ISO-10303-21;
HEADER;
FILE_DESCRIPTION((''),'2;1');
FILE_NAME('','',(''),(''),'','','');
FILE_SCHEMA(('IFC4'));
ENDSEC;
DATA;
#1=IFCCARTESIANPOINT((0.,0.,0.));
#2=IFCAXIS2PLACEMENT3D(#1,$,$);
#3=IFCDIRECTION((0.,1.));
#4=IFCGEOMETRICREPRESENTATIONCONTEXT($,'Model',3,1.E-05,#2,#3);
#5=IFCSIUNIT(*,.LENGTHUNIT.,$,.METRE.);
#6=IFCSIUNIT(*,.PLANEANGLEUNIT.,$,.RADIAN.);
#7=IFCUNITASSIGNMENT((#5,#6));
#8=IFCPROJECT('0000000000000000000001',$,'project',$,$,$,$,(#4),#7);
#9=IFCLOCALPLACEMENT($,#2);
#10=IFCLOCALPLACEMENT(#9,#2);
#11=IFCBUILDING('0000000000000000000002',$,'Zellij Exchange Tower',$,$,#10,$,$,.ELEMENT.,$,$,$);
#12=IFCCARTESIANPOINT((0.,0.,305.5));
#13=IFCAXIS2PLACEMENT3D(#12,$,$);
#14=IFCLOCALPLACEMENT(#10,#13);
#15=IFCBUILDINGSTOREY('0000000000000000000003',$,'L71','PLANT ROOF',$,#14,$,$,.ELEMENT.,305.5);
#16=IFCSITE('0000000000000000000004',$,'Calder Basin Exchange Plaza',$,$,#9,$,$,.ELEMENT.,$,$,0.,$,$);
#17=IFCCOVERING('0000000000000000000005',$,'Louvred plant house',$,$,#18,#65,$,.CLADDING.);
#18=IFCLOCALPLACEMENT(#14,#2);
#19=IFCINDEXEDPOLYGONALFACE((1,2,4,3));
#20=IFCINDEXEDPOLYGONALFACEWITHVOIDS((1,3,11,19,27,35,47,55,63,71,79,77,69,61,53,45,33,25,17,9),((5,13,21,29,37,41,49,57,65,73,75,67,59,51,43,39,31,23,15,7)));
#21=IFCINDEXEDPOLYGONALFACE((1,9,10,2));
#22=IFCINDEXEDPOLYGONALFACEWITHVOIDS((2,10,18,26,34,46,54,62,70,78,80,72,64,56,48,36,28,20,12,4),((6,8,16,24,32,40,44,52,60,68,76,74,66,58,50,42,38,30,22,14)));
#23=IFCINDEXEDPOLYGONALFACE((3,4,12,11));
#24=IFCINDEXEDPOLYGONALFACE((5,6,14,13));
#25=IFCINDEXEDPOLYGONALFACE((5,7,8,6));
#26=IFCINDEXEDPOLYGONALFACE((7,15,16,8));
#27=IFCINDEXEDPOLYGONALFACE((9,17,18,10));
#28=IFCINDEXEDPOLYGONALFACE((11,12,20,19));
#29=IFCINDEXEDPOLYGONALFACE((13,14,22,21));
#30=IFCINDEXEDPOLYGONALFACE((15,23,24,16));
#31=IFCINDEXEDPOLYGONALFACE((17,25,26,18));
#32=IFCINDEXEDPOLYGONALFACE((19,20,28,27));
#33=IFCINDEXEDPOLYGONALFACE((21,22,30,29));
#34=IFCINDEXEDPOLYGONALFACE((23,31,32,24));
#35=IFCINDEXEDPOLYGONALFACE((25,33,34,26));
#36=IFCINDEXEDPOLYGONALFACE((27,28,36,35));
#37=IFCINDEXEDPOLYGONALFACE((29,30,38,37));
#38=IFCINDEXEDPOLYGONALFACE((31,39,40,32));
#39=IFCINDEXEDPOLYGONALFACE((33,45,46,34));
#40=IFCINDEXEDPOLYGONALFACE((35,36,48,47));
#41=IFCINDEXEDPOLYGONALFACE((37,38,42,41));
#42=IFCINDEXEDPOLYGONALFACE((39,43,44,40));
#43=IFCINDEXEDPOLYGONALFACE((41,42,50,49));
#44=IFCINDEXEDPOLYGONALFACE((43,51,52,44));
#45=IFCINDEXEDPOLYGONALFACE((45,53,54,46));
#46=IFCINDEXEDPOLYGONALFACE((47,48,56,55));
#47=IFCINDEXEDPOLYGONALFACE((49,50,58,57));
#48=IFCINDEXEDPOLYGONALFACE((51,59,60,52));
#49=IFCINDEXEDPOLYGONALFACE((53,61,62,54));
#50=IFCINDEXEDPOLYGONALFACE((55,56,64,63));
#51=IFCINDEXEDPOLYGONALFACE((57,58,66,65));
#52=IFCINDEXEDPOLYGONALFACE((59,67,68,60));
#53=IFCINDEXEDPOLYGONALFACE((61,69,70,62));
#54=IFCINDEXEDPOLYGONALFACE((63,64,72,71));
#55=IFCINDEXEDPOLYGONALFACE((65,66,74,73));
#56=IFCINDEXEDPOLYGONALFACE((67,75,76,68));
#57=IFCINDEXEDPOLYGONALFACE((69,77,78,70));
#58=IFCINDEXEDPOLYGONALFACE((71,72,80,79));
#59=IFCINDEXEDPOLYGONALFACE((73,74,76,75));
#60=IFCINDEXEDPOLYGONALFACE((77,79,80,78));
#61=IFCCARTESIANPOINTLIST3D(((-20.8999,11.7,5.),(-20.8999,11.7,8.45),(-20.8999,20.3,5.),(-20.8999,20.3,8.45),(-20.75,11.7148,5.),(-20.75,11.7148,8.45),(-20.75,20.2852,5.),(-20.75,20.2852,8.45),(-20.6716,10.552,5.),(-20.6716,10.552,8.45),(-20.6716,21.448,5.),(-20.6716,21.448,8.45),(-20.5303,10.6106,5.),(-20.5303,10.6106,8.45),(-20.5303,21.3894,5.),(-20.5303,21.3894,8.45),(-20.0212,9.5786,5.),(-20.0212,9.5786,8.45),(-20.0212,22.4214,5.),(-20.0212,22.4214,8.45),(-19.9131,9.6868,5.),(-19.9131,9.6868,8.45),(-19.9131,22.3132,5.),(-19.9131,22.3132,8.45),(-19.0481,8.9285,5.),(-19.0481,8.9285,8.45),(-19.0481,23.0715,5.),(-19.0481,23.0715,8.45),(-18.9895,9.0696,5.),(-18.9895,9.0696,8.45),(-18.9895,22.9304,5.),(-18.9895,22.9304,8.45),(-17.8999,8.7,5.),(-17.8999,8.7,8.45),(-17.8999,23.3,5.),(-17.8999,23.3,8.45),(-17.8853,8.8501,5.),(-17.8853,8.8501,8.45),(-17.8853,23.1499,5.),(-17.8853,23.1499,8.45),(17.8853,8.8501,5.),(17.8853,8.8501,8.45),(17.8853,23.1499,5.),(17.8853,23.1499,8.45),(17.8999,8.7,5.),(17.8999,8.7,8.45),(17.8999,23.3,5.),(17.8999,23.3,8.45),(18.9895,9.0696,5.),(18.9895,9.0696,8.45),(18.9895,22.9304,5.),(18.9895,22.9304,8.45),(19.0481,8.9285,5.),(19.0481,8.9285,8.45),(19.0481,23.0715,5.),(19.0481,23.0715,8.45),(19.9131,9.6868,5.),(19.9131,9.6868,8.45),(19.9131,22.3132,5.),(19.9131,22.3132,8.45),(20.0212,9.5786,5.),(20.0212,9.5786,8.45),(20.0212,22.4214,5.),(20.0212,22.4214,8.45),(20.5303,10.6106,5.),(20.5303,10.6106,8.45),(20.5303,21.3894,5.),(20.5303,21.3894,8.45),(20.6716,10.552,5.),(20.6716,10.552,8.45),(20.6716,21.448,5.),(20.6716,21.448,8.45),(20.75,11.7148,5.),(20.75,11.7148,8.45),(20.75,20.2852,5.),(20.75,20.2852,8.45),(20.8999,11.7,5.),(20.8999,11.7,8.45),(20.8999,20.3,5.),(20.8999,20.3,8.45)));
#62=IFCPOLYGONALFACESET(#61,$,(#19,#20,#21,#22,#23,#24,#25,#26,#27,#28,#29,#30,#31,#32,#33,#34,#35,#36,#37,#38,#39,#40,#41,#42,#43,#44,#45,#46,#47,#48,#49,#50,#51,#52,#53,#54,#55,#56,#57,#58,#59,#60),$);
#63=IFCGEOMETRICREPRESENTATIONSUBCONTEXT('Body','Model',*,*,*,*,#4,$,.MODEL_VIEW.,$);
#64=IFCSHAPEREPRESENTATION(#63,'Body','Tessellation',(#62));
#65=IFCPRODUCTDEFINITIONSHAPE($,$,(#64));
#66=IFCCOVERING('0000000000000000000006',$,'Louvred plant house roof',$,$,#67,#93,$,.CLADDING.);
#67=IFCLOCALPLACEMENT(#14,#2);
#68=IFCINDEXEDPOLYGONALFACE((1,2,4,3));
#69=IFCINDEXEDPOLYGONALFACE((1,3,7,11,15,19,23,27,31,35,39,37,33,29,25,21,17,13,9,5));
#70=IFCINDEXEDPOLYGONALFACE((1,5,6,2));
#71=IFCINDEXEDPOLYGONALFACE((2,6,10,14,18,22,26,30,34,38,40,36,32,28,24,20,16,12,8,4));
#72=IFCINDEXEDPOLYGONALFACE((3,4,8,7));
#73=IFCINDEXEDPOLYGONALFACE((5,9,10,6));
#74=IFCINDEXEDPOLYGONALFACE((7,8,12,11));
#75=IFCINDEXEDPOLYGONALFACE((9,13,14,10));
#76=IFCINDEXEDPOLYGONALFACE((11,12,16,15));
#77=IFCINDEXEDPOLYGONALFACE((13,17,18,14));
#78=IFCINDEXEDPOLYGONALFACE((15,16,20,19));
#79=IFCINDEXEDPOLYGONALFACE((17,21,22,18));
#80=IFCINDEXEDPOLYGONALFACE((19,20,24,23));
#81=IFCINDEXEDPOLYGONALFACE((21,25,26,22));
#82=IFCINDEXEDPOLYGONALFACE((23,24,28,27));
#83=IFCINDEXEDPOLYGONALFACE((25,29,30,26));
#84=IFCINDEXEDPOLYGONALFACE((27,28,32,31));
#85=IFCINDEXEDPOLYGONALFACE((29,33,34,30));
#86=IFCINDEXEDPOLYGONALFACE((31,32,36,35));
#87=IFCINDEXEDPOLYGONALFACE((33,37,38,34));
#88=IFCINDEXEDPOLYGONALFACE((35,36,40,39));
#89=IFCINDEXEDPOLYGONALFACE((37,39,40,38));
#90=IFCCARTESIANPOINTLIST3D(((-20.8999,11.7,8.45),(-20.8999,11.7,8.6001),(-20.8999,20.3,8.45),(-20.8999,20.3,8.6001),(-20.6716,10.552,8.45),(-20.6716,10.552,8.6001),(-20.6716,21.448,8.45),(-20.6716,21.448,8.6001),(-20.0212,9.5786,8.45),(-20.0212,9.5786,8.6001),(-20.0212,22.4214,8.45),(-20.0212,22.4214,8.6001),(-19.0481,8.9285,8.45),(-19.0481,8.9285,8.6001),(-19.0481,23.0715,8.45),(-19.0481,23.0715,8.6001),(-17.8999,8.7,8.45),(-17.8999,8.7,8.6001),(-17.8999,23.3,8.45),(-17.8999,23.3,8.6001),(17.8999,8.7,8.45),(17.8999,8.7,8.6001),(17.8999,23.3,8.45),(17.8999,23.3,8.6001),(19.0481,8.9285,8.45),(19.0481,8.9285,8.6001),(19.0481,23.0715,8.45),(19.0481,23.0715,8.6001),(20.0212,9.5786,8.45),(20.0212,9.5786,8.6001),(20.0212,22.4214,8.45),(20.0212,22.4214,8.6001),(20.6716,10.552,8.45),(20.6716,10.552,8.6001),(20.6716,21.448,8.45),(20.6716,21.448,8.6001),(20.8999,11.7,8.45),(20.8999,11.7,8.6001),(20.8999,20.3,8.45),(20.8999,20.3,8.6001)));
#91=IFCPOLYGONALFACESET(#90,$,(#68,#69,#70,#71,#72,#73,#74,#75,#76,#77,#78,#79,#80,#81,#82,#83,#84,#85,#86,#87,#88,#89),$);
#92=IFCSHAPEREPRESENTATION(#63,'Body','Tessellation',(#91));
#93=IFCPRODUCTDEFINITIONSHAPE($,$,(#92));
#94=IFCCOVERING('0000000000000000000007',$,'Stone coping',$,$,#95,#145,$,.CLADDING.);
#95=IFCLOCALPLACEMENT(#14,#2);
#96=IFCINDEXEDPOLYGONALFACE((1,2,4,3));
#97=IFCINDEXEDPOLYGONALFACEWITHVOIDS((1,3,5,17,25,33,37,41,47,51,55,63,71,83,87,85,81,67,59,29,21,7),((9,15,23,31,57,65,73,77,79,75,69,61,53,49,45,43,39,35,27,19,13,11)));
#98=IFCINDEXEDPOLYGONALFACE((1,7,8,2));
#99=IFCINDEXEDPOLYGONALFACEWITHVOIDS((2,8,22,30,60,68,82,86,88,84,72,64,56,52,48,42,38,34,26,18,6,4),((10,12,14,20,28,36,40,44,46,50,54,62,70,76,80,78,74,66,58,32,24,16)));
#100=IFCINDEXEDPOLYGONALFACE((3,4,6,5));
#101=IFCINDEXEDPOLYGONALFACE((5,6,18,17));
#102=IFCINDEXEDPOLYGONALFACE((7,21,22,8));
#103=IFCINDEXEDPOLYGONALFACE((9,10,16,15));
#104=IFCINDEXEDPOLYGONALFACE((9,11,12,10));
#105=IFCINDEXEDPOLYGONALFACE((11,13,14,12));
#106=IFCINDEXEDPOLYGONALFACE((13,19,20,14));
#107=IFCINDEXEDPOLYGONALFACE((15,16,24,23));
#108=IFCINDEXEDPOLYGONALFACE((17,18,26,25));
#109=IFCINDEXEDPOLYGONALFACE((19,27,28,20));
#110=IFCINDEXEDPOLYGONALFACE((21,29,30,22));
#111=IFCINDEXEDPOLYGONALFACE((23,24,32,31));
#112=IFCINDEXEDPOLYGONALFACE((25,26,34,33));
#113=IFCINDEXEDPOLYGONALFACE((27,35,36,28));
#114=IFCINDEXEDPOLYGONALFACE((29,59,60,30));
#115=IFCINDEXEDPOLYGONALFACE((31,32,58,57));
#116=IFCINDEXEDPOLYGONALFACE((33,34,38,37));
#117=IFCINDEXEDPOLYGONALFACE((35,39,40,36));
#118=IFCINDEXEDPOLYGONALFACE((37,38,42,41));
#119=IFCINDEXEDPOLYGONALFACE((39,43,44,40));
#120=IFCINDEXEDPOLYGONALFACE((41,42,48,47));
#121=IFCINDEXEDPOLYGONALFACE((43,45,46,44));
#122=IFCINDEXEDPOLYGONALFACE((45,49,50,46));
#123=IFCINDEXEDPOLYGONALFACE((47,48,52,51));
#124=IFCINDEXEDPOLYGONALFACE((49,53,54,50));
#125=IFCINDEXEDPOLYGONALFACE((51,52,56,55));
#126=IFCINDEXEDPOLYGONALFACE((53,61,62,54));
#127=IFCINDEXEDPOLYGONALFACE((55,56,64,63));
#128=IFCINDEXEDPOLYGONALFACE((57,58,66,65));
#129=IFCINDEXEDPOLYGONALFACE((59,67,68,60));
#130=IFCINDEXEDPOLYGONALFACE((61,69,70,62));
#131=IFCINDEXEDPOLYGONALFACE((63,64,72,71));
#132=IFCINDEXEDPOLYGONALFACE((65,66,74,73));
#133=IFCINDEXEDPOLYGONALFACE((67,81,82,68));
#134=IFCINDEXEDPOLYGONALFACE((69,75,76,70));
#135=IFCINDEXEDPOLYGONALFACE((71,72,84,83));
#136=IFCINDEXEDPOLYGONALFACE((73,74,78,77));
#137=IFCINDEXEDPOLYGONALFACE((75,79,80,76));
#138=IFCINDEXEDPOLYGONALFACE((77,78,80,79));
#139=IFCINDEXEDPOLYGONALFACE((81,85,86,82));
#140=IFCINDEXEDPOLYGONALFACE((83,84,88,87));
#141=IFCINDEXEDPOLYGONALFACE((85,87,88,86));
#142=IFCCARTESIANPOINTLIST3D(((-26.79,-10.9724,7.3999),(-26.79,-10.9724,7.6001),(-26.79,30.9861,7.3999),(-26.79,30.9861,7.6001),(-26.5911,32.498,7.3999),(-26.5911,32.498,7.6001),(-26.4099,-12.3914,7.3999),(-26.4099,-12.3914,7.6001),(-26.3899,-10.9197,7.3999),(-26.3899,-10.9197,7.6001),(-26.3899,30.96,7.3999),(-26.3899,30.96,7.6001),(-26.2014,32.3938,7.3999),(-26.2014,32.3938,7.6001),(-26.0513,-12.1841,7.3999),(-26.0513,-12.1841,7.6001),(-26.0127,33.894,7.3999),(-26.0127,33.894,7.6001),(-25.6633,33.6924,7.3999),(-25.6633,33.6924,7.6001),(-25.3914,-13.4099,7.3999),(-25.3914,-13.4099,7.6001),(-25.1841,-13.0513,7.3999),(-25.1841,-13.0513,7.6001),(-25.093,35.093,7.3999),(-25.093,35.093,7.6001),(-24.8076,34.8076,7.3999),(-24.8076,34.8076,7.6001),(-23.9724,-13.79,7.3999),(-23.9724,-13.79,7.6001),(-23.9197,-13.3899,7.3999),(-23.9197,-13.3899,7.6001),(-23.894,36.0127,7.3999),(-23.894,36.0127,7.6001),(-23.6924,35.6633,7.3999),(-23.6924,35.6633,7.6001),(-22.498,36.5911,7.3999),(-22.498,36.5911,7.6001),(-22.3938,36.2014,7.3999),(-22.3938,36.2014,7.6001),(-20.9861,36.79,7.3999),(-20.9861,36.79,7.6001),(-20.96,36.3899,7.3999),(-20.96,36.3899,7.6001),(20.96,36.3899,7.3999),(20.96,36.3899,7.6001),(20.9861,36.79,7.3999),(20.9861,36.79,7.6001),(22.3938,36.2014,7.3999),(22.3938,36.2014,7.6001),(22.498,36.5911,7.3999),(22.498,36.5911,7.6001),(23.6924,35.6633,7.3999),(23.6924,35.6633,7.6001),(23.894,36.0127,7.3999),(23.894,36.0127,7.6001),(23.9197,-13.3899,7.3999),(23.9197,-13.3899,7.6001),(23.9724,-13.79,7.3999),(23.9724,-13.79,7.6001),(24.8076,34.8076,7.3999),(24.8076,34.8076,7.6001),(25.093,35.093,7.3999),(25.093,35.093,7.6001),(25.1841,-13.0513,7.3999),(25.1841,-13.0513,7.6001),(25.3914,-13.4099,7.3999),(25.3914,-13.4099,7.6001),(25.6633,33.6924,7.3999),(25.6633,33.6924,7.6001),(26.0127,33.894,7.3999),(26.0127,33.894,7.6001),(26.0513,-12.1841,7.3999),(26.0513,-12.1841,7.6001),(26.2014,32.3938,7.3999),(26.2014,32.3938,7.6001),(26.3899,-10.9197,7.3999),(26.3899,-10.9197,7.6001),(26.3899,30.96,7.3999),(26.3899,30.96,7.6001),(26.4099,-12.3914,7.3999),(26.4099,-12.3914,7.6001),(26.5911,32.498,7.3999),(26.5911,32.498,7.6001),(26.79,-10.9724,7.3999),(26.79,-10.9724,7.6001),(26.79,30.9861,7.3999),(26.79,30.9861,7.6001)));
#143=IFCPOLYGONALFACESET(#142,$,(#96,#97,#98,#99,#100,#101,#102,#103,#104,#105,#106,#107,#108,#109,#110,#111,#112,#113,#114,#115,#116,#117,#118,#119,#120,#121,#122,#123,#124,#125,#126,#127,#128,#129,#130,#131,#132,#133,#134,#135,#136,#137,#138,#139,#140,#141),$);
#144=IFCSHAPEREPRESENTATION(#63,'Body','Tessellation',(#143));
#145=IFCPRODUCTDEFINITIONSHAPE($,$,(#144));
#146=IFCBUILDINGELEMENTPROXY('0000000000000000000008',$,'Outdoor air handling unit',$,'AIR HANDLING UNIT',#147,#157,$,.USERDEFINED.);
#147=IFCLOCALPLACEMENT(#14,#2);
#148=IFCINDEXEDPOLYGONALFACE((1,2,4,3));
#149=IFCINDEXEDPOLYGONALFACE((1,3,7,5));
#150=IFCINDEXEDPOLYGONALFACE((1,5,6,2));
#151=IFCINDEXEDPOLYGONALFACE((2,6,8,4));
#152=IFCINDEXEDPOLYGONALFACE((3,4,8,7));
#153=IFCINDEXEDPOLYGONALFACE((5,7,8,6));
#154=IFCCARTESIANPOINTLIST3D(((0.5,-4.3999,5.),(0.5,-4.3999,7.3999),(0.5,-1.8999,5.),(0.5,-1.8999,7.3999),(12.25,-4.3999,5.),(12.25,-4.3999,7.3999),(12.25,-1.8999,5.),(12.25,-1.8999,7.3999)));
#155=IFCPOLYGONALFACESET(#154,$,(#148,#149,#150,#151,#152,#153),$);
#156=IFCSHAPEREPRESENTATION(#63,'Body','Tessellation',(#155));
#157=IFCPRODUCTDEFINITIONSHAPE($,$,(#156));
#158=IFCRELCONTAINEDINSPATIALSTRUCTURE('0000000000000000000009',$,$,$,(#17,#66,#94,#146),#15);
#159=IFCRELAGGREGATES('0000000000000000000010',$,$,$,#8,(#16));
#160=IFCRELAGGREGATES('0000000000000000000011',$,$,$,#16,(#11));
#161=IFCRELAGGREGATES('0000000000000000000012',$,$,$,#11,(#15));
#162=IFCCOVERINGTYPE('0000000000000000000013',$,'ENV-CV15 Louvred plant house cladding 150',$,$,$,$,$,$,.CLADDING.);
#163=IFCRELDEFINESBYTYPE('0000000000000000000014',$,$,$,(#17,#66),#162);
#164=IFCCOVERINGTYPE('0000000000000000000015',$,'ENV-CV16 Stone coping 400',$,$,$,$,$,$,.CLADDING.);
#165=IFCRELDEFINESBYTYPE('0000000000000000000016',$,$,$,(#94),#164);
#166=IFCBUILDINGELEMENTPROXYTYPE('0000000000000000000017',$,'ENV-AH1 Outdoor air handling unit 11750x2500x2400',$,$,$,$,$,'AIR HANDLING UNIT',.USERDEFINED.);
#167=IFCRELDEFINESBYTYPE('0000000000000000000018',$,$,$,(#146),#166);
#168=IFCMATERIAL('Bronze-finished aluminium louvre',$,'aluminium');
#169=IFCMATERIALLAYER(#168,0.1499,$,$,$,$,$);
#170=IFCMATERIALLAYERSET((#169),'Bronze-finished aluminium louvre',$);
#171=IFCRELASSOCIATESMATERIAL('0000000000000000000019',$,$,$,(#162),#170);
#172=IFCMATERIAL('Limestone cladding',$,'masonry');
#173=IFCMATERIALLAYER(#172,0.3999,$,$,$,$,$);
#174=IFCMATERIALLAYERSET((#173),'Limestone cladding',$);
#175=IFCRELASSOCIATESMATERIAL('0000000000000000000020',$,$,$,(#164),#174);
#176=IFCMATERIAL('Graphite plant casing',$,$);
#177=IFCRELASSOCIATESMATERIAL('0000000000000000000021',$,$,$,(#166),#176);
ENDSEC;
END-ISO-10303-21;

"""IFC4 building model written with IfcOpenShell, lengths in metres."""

from ifc_helpers import new_model, si_unit, direction, frame, origin, origin_2d, place, context, subcontext, project, spatial, polyline, rectangle, outline, extrude, material, layer, layer_set, type_object, element, save


model = new_model("IFC4")

# Units and contexts
model_context = context("Model", 3, precision=1e-05, world=origin(), true_north=direction((0.0, 1.0)))
body_context = subcontext(model_context, "Body", "Model", "MODEL_VIEW")
ifc_project = project(units=[si_unit("LENGTHUNIT", "METRE"), si_unit("PLANEANGLEUNIT", "RADIAN")], contexts=[model_context])

# Site, building, storey
site_placement = place(None, origin())
site = spatial("IfcSite", under=ifc_project, at=site_placement, Name="Calder Basin Exchange Plaza", CompositionType="ELEMENT", RefElevation=0.0)
building_placement = place(site_placement, origin())
building = spatial("IfcBuilding", under=site, at=building_placement, Name="Zellij Exchange Tower", CompositionType="ELEMENT")
storey_placement = place(building_placement, frame((0.0, 0.0, 305.5)))
storey = spatial("IfcBuildingStorey", under=building, at=storey_placement, Name="L71", Description="PLANT ROOF", CompositionType="ELEMENT", Elevation=305.5)

# Coverings
ifc_material_1 = material(Name="Limestone cladding", Category="masonry")
ifc_material_2 = material(Name="Bronze-finished aluminium louvre", Category="aluminium")
ifc_layer_1 = layer(ifc_material_2, 0.1499)
ifc_layer_set_1 = layer_set([ifc_layer_1], Name="Bronze-finished aluminium louvre")
covering_type_1 = type_object("IfcCoveringType", Name="ENV-CV15 Louvred plant house cladding 150", PredefinedType="CLADDING", material=ifc_layer_set_1)
covering_1_placement = place(storey_placement, frame((0.0, 0.0, 5.0)))
element("IfcCovering", 1, at=covering_1_placement, inside=storey, type_object=covering_type_1, Name="Louvred plant house", PredefinedType="CLADDING", context=body_context, shape_type="SweptSolid", body=[
    extrude(outline(polyline([(17.8999, 8.7), (19.0481, 8.9285), (20.0212, 9.5786), (20.6716, 10.552), (20.8999, 11.7), (20.8999, 20.3), (20.6716, 21.448), (20.0212, 22.4214), (19.0481, 23.0715), (17.8999, 23.3), (-17.8999, 23.3), (-19.0481, 23.0715), (-20.0212, 22.4214), (-20.6716, 21.448), (-20.8999, 20.3), (-20.8999, 11.7), (-20.6716, 10.552), (-20.0212, 9.5786), (-19.0481, 8.9285), (-17.8999, 8.7), (17.8999, 8.7)]), holes=[polyline([(17.8853, 8.8501), (-17.8853, 8.8501), (-18.9895, 9.0696), (-19.9131, 9.6868), (-20.5303, 10.6106), (-20.75, 11.7148), (-20.75, 20.2852), (-20.5303, 21.3894), (-19.9131, 22.3132), (-18.9895, 22.9304), (-17.8853, 23.1499), (17.8853, 23.1499), (18.9895, 22.9304), (19.9131, 22.3132), (20.5303, 21.3894), (20.75, 20.2852), (20.75, 11.7148), (20.5303, 10.6106), (19.9131, 9.6868), (18.9895, 9.0696), (17.8853, 8.8501)])]), origin(), (0.0, 0.0, 1.0), 3.45),
])
covering_2_placement = place(storey_placement, frame((0.0, 0.0, 8.45)))
element("IfcCovering", 2, at=covering_2_placement, inside=storey, type_object=covering_type_1, Name="Louvred plant house roof", PredefinedType="CLADDING", context=body_context, shape_type="SweptSolid", body=[
    extrude(outline(polyline([(17.8999, 8.7), (19.0481, 8.9285), (20.0212, 9.5786), (20.6716, 10.552), (20.8999, 11.7), (20.8999, 20.3), (20.6716, 21.448), (20.0212, 22.4214), (19.0481, 23.0715), (17.8999, 23.3), (-17.8999, 23.3), (-19.0481, 23.0715), (-20.0212, 22.4214), (-20.6716, 21.448), (-20.8999, 20.3), (-20.8999, 11.7), (-20.6716, 10.552), (-20.0212, 9.5786), (-19.0481, 8.9285), (-17.8999, 8.7), (17.8999, 8.7)])), origin(), (0.0, 0.0, 1.0), 0.1501),
])
ifc_layer_2 = layer(ifc_material_1, 0.3999)
ifc_layer_set_2 = layer_set([ifc_layer_2], Name="Limestone cladding")
covering_type_2 = type_object("IfcCoveringType", Name="ENV-CV16 Stone coping 400", PredefinedType="CLADDING", material=ifc_layer_set_2)
covering_3_placement = place(storey_placement, frame((0.0, 0.0, 7.3999)))
element("IfcCovering", 3, at=covering_3_placement, inside=storey, type_object=covering_type_2, Name="Stone coping", PredefinedType="CLADDING", context=body_context, shape_type="SweptSolid", body=[
    extrude(outline(polyline([(23.9724, -13.79), (-23.9724, -13.79), (-25.3914, -13.4099), (-26.4099, -12.3914), (-26.79, -10.9724), (-26.79, 30.9861), (-26.5911, 32.498), (-26.0127, 33.894), (-25.093, 35.093), (-23.894, 36.0127), (-22.498, 36.5911), (-20.9861, 36.79), (20.9861, 36.79), (22.498, 36.5911), (23.894, 36.0127), (25.093, 35.093), (26.0127, 33.894), (26.5911, 32.498), (26.79, 30.9861), (26.79, -10.9724), (26.4099, -12.3914), (25.3914, -13.4099), (23.9724, -13.79)]), holes=[polyline([(23.9197, -13.3899), (-23.9197, -13.3899), (-25.1841, -13.0513), (-26.0513, -12.1841), (-26.3899, -10.9197), (-26.3899, 30.96), (-26.2014, 32.3938), (-25.6633, 33.6924), (-24.8076, 34.8076), (-23.6924, 35.6633), (-22.3938, 36.2014), (-20.96, 36.3899), (20.96, 36.3899), (22.3938, 36.2014), (23.6924, 35.6633), (24.8076, 34.8076), (25.6633, 33.6924), (26.2014, 32.3938), (26.3899, 30.96), (26.3899, -10.9197), (26.0513, -12.1841), (25.1841, -13.0513), (23.9197, -13.3899)])]), origin(), (0.0, 0.0, 1.0), 0.2002),
])

# Building element proxy
ifc_material_3 = material(Name="Graphite plant casing")
building_element_proxy_type = type_object("IfcBuildingElementProxyType", Name="ENV-AH1 Outdoor air handling unit 11750x2500x2400", ElementType="AIR HANDLING UNIT", PredefinedType="USERDEFINED", material=ifc_material_3)
proxy_placement = place(storey_placement, frame((6.375, -3.1499, 5.0), z_axis=(0.0, 0.0, 1.0), x_axis=(1.0, 0.0, 0.0)))
element("IfcBuildingElementProxy", 4, at=proxy_placement, inside=storey, type_object=building_element_proxy_type, Name="Outdoor air handling unit", ObjectType="AIR HANDLING UNIT", PredefinedType="USERDEFINED", context=body_context, shape_type="SweptSolid", body=[
    extrude(rectangle(XDim=11.75, YDim=2.5, at=origin_2d()), origin(), (0.0, 0.0, 1.0), 2.3999),
])

save(model, "model.ifc")
